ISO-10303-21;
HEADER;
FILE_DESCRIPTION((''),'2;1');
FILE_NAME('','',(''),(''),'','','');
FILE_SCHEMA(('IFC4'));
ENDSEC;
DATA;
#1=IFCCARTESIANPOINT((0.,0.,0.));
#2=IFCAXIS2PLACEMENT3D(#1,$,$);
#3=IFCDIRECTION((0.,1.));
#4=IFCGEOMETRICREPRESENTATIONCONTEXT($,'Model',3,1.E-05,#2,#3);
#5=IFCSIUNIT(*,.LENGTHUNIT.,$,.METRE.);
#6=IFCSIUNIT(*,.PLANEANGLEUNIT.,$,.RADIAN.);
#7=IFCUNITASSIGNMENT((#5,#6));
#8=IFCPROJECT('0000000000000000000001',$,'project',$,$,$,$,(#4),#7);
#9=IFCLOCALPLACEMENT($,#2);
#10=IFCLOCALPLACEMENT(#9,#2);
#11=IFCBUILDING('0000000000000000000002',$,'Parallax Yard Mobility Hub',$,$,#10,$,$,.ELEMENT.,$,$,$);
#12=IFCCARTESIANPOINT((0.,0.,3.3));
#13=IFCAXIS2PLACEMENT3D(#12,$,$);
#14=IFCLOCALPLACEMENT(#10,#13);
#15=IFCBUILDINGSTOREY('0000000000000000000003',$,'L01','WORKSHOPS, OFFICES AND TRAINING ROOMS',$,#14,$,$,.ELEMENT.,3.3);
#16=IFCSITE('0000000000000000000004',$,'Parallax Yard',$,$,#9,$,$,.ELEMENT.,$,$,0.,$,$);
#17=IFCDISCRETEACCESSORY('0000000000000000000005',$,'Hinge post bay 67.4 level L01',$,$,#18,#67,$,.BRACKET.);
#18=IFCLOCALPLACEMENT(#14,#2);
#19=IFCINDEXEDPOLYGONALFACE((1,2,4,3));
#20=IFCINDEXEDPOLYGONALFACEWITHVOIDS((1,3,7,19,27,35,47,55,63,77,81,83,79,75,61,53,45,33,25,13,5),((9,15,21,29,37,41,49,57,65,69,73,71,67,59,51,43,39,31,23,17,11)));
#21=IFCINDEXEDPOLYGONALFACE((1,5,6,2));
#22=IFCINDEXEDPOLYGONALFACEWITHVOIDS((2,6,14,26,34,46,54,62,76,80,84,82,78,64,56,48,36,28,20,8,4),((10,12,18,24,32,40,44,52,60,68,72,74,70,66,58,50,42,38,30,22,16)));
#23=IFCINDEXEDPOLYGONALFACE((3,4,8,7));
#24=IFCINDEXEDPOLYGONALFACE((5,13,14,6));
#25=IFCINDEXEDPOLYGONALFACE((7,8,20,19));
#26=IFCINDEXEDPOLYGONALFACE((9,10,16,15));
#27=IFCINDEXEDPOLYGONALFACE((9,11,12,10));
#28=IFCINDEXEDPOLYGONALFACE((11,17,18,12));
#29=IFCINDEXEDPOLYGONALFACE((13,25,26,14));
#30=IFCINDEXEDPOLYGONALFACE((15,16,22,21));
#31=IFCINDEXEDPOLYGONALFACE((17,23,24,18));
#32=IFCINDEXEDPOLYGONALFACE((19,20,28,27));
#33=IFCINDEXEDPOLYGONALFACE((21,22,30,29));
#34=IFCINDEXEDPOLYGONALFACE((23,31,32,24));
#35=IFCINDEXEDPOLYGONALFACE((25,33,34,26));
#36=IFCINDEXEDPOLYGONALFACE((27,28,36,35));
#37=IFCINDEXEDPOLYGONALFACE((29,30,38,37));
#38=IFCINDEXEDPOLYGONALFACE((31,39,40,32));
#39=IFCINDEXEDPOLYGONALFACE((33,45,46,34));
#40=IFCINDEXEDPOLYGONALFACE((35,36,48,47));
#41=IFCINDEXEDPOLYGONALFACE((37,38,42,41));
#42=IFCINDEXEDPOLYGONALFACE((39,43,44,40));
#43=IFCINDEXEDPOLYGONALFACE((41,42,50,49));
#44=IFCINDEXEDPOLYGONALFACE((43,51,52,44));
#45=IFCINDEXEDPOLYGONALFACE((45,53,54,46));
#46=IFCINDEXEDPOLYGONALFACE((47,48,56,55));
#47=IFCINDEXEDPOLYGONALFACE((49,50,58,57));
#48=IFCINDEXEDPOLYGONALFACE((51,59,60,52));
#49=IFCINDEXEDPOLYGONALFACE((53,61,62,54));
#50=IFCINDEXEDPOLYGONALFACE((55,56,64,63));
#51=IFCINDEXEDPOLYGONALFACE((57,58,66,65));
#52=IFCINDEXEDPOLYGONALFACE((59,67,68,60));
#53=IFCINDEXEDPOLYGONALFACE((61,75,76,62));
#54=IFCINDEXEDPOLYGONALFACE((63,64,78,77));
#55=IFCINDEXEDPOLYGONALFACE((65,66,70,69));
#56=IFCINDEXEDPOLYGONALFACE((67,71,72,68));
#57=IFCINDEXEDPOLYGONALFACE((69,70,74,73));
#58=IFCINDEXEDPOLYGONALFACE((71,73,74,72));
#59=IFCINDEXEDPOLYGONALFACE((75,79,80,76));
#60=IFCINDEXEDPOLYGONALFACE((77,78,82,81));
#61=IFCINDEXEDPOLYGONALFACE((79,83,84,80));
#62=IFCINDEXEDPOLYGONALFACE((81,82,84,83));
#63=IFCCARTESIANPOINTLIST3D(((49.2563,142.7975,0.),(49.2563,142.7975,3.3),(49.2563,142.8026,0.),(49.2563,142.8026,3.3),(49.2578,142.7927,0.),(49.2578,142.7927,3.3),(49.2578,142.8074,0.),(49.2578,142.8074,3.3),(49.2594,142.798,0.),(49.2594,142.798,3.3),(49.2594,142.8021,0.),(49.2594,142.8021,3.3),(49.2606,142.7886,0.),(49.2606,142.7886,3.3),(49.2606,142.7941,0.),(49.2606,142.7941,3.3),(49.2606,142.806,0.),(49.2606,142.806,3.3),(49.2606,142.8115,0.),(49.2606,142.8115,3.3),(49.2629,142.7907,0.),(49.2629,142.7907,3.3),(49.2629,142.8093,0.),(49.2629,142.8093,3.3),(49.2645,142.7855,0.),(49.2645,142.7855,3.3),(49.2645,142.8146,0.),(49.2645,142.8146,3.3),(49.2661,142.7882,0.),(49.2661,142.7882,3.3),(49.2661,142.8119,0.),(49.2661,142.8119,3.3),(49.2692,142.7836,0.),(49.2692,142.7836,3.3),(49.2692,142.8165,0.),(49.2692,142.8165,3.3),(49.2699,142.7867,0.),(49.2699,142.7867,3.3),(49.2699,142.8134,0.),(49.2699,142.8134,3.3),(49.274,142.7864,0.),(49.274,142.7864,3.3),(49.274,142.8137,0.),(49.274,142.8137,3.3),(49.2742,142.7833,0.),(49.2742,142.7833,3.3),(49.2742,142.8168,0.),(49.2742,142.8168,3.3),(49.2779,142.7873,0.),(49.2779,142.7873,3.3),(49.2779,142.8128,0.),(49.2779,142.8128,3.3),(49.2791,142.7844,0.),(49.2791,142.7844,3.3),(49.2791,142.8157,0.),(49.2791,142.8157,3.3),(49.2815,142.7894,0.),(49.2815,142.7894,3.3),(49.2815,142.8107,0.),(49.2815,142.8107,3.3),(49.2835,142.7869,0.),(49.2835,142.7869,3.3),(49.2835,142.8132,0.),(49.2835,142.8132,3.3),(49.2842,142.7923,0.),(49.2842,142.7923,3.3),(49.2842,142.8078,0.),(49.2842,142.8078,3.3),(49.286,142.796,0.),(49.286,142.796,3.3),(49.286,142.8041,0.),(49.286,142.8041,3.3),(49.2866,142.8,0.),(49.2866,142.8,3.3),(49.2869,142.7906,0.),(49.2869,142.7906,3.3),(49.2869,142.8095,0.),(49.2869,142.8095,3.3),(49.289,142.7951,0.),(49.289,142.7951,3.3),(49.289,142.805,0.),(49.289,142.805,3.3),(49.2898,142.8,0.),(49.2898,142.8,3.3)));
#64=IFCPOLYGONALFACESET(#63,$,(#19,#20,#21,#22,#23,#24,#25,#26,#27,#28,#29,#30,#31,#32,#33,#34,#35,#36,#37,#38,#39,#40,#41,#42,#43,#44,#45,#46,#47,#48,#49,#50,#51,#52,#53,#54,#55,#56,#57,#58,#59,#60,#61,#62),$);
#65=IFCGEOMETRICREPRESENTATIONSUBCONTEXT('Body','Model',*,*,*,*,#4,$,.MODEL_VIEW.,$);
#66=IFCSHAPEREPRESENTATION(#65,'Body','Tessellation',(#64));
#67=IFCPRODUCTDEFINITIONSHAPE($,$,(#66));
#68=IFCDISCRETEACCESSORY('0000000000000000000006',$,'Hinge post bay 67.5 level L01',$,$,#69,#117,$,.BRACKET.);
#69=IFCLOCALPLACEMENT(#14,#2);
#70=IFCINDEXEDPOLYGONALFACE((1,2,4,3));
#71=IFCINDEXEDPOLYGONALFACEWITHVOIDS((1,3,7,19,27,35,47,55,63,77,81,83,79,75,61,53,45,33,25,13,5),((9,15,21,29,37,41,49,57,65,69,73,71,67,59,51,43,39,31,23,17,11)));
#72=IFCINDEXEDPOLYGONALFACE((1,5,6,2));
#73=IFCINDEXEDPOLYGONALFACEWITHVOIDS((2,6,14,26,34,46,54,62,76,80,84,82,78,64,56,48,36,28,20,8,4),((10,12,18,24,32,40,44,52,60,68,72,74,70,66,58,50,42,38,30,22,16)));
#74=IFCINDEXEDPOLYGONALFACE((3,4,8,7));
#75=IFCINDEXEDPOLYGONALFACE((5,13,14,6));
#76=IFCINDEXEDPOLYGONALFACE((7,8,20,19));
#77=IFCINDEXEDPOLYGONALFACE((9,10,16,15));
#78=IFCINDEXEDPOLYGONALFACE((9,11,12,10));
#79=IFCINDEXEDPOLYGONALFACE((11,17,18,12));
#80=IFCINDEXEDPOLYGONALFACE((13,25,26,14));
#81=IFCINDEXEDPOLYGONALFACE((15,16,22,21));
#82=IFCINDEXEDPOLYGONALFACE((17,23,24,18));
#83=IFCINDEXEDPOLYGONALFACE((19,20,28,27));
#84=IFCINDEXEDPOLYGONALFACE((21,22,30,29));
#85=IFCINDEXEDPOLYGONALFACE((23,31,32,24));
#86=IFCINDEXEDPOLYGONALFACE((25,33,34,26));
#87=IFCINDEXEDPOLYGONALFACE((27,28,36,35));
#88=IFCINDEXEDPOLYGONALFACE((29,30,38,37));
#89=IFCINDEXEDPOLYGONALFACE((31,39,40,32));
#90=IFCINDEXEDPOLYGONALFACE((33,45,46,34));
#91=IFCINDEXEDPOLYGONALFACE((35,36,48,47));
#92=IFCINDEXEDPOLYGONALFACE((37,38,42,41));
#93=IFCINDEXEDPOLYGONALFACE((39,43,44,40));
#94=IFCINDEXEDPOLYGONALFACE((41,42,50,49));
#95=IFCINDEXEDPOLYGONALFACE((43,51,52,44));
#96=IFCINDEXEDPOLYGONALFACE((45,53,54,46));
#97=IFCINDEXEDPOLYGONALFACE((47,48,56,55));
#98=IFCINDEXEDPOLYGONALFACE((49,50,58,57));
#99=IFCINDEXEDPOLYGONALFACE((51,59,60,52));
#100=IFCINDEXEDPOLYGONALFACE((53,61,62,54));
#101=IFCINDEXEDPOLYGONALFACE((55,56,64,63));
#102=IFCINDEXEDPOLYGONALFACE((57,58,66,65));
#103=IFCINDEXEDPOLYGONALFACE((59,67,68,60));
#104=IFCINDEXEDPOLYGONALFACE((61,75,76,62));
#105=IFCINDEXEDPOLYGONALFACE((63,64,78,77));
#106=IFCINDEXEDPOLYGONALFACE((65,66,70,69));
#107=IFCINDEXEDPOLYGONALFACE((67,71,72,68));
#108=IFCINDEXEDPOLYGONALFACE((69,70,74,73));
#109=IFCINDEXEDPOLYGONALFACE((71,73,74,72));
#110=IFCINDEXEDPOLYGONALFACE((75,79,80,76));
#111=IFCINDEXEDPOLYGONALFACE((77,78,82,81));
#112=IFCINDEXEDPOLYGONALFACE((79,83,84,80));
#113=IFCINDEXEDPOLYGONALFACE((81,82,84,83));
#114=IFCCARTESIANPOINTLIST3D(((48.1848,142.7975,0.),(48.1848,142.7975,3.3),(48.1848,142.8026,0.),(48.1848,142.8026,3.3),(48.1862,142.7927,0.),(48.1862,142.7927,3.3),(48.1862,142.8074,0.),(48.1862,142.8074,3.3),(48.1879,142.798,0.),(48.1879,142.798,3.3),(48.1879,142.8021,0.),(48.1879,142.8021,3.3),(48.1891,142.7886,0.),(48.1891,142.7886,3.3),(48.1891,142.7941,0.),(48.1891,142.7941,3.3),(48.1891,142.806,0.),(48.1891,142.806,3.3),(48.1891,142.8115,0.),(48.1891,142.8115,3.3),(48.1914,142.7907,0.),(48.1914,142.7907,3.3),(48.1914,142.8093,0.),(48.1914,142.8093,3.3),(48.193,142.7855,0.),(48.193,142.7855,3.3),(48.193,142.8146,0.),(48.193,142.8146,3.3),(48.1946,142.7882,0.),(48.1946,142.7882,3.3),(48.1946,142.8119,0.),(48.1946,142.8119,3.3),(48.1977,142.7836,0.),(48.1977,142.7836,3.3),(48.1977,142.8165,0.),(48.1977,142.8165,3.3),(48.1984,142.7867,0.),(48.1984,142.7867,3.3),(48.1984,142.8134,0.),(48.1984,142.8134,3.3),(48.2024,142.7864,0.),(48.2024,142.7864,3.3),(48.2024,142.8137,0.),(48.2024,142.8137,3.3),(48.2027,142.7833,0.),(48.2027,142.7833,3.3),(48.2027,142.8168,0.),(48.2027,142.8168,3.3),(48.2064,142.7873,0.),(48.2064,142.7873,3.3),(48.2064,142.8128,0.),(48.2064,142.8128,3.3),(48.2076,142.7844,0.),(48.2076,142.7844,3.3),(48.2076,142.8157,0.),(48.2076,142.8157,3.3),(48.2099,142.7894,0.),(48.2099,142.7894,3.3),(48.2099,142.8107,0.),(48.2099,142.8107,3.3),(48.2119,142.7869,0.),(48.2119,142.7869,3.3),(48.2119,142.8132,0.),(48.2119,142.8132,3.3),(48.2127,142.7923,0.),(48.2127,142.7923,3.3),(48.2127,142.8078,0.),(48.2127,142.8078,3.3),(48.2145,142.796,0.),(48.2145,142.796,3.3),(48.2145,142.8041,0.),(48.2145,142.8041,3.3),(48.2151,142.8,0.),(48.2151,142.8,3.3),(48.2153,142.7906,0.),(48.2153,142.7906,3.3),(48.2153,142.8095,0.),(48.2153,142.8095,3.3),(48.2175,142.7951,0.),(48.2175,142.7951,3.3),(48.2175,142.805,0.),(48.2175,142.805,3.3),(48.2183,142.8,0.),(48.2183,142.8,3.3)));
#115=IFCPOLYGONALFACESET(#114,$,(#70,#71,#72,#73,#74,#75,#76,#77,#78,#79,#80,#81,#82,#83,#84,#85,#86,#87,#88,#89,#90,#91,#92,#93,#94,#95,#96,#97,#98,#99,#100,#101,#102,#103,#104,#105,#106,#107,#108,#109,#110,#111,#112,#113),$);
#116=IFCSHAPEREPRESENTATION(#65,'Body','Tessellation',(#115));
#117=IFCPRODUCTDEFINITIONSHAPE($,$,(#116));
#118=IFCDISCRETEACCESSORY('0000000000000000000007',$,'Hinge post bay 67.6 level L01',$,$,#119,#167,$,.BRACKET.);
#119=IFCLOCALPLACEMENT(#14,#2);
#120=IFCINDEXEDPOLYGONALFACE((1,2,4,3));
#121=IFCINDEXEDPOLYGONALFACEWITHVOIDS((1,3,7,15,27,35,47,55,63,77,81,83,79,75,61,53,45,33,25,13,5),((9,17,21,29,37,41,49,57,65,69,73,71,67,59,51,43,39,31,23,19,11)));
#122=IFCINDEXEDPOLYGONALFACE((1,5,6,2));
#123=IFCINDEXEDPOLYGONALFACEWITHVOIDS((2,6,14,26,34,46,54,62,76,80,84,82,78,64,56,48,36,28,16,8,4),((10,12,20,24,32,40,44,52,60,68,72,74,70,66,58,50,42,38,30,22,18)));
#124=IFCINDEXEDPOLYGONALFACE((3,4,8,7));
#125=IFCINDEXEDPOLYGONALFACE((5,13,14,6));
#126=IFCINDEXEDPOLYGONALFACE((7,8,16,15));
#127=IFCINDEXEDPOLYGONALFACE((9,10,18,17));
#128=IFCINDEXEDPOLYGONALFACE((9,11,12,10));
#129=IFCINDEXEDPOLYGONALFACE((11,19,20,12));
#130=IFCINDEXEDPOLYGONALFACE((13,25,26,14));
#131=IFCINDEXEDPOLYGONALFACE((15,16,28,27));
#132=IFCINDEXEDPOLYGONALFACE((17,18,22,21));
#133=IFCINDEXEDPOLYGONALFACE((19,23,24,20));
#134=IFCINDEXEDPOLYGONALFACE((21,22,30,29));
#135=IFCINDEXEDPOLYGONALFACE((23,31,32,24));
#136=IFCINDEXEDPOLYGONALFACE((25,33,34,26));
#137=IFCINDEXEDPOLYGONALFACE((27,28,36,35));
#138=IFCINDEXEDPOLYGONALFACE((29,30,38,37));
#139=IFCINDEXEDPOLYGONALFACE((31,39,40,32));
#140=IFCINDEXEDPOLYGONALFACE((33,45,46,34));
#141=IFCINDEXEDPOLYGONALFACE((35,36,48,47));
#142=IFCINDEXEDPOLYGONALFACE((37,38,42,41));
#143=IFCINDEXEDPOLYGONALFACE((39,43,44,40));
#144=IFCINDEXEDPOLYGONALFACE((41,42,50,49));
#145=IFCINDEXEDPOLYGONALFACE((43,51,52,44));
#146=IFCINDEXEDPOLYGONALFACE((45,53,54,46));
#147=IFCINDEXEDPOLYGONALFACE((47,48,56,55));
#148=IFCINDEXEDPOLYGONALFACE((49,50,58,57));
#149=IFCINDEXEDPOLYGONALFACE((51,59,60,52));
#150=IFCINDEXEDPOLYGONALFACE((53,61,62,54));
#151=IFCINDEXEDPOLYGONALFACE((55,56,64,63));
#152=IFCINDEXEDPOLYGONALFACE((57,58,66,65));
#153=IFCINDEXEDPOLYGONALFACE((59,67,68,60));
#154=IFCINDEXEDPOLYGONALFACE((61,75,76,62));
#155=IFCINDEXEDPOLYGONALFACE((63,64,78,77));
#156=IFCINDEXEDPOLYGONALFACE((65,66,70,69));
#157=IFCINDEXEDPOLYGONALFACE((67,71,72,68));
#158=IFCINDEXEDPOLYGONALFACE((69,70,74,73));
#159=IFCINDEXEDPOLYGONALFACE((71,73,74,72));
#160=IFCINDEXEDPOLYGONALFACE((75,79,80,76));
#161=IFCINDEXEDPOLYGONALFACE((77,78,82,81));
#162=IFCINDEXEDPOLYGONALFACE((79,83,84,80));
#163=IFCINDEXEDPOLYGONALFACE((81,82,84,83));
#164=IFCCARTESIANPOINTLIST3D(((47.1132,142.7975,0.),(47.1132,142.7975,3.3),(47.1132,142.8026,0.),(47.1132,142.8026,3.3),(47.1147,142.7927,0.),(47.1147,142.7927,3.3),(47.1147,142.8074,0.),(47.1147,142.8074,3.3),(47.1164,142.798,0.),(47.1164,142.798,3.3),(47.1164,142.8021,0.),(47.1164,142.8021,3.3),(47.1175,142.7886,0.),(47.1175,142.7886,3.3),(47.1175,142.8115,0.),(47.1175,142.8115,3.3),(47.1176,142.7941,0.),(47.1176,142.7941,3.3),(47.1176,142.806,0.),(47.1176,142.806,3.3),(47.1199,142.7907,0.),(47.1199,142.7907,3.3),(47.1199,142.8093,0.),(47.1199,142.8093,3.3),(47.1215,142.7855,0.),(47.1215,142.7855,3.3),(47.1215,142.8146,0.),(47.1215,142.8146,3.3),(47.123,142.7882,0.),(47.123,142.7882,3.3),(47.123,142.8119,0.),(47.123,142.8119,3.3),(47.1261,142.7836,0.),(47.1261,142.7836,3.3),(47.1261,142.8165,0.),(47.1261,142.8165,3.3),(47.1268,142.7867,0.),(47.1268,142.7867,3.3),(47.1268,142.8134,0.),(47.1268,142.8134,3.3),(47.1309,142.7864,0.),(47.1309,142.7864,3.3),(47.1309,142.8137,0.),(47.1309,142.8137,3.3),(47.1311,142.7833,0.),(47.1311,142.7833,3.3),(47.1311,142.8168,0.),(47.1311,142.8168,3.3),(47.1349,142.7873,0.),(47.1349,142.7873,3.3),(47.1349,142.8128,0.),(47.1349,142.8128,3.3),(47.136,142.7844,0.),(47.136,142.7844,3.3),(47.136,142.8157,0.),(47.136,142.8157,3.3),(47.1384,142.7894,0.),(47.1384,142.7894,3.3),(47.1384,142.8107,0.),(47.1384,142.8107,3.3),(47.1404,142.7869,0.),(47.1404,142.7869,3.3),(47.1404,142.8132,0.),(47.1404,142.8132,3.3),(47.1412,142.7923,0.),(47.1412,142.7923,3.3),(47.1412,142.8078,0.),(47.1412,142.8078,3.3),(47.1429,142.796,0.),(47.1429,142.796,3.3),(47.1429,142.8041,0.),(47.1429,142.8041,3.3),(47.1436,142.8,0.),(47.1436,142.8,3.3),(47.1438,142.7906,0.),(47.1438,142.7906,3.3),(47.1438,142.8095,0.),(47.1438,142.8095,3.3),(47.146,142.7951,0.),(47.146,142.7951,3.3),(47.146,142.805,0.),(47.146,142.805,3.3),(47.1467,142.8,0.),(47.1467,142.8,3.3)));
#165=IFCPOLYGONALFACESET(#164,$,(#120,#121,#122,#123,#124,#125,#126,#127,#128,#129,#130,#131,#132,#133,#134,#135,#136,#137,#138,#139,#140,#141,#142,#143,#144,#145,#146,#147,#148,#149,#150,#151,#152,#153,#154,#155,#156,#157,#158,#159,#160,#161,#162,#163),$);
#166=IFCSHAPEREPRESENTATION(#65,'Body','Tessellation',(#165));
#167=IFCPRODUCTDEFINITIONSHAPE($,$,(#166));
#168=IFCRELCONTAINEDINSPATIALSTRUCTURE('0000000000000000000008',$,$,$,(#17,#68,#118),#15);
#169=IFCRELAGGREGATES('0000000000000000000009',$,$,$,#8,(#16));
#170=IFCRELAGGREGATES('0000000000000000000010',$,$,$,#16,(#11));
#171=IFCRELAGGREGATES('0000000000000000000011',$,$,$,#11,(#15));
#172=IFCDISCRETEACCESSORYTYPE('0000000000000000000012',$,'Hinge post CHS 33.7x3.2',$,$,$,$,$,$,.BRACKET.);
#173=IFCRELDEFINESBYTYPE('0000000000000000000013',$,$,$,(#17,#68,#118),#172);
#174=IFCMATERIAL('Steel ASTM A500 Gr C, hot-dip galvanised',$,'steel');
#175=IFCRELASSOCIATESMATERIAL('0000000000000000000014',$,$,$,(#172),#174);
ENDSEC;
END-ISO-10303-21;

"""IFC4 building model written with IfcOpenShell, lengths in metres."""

from ifc_helpers import new_model, si_unit, direction, frame, origin, origin_2d, place, context, subcontext, project, spatial, hollow_circle, extrude, material, material_profile, profile_set, type_object, element, save


model = new_model("IFC4")

# Units and contexts
model_context = context("Model", 3, precision=1e-05, world=origin(), true_north=direction((0.0, 1.0)))
body_context = subcontext(model_context, "Body", "Model", "MODEL_VIEW")
ifc_project = project(units=[si_unit("LENGTHUNIT", "METRE"), si_unit("PLANEANGLEUNIT", "RADIAN")], contexts=[model_context])

# Site, building, storey
site_placement = place(None, origin())
site = spatial("IfcSite", under=ifc_project, at=site_placement, Name="Parallax Yard", CompositionType="ELEMENT", RefElevation=0.0)
building_placement = place(site_placement, origin())
building = spatial("IfcBuilding", under=site, at=building_placement, Name="Parallax Yard Mobility Hub", CompositionType="ELEMENT")
storey_placement = place(building_placement, frame((0.0, 0.0, 3.3)))
storey = spatial("IfcBuildingStorey", under=building, at=storey_placement, Name="L01", Description="WORKSHOPS, OFFICES AND TRAINING ROOMS", CompositionType="ELEMENT", Elevation=3.3)

# Discrete accessories
ifc_material_1 = material(Name="Steel ASTM A500 Gr C, hot-dip galvanised", Category="steel")
ifc_material_profile = material_profile(ifc_material_1, hollow_circle(Radius=0.0168, WallThickness=0.0032, at=origin_2d()), Name="CHS 33.7x3.2")
ifc_profile_set = profile_set([ifc_material_profile], Name="Steel ASTM A500 Gr C, hot-dip galvanised")
discrete_accessory_type_1 = type_object("IfcDiscreteAccessoryType", Name="Hinge post CHS 33.7x3.2", PredefinedType="BRACKET", material=ifc_profile_set)
for number, where, z_axis, x_axis, name in (
    (1, (49.2729, 142.8, 0.0), (0.0, 0.0, 1.0), (1.0, 0.0, 0.0), "Hinge post bay 67.4 level L01"),
    (2, (48.2014, 142.8, 0.0), (0.0, 0.0, 1.0), (1.0, 0.0, 0.0), "Hinge post bay 67.5 level L01"),
    (3, (47.1299, 142.8, 0.0), (0.0, 0.0, 1.0), (1.0, 0.0, 0.0), "Hinge post bay 67.6 level L01"),
):
    element("IfcDiscreteAccessory", number, at=place(storey_placement, frame(where, z_axis=z_axis, x_axis=x_axis)), inside=storey, type_object=discrete_accessory_type_1, Name=name, PredefinedType="BRACKET", context=body_context, shape_type="SweptSolid", body=[
        extrude(hollow_circle(Radius=0.0168, WallThickness=0.0032, at=origin_2d()), origin(), (0.0, 0.0, 1.0), 3.3),
    ])

save(model, "model.ifc")
